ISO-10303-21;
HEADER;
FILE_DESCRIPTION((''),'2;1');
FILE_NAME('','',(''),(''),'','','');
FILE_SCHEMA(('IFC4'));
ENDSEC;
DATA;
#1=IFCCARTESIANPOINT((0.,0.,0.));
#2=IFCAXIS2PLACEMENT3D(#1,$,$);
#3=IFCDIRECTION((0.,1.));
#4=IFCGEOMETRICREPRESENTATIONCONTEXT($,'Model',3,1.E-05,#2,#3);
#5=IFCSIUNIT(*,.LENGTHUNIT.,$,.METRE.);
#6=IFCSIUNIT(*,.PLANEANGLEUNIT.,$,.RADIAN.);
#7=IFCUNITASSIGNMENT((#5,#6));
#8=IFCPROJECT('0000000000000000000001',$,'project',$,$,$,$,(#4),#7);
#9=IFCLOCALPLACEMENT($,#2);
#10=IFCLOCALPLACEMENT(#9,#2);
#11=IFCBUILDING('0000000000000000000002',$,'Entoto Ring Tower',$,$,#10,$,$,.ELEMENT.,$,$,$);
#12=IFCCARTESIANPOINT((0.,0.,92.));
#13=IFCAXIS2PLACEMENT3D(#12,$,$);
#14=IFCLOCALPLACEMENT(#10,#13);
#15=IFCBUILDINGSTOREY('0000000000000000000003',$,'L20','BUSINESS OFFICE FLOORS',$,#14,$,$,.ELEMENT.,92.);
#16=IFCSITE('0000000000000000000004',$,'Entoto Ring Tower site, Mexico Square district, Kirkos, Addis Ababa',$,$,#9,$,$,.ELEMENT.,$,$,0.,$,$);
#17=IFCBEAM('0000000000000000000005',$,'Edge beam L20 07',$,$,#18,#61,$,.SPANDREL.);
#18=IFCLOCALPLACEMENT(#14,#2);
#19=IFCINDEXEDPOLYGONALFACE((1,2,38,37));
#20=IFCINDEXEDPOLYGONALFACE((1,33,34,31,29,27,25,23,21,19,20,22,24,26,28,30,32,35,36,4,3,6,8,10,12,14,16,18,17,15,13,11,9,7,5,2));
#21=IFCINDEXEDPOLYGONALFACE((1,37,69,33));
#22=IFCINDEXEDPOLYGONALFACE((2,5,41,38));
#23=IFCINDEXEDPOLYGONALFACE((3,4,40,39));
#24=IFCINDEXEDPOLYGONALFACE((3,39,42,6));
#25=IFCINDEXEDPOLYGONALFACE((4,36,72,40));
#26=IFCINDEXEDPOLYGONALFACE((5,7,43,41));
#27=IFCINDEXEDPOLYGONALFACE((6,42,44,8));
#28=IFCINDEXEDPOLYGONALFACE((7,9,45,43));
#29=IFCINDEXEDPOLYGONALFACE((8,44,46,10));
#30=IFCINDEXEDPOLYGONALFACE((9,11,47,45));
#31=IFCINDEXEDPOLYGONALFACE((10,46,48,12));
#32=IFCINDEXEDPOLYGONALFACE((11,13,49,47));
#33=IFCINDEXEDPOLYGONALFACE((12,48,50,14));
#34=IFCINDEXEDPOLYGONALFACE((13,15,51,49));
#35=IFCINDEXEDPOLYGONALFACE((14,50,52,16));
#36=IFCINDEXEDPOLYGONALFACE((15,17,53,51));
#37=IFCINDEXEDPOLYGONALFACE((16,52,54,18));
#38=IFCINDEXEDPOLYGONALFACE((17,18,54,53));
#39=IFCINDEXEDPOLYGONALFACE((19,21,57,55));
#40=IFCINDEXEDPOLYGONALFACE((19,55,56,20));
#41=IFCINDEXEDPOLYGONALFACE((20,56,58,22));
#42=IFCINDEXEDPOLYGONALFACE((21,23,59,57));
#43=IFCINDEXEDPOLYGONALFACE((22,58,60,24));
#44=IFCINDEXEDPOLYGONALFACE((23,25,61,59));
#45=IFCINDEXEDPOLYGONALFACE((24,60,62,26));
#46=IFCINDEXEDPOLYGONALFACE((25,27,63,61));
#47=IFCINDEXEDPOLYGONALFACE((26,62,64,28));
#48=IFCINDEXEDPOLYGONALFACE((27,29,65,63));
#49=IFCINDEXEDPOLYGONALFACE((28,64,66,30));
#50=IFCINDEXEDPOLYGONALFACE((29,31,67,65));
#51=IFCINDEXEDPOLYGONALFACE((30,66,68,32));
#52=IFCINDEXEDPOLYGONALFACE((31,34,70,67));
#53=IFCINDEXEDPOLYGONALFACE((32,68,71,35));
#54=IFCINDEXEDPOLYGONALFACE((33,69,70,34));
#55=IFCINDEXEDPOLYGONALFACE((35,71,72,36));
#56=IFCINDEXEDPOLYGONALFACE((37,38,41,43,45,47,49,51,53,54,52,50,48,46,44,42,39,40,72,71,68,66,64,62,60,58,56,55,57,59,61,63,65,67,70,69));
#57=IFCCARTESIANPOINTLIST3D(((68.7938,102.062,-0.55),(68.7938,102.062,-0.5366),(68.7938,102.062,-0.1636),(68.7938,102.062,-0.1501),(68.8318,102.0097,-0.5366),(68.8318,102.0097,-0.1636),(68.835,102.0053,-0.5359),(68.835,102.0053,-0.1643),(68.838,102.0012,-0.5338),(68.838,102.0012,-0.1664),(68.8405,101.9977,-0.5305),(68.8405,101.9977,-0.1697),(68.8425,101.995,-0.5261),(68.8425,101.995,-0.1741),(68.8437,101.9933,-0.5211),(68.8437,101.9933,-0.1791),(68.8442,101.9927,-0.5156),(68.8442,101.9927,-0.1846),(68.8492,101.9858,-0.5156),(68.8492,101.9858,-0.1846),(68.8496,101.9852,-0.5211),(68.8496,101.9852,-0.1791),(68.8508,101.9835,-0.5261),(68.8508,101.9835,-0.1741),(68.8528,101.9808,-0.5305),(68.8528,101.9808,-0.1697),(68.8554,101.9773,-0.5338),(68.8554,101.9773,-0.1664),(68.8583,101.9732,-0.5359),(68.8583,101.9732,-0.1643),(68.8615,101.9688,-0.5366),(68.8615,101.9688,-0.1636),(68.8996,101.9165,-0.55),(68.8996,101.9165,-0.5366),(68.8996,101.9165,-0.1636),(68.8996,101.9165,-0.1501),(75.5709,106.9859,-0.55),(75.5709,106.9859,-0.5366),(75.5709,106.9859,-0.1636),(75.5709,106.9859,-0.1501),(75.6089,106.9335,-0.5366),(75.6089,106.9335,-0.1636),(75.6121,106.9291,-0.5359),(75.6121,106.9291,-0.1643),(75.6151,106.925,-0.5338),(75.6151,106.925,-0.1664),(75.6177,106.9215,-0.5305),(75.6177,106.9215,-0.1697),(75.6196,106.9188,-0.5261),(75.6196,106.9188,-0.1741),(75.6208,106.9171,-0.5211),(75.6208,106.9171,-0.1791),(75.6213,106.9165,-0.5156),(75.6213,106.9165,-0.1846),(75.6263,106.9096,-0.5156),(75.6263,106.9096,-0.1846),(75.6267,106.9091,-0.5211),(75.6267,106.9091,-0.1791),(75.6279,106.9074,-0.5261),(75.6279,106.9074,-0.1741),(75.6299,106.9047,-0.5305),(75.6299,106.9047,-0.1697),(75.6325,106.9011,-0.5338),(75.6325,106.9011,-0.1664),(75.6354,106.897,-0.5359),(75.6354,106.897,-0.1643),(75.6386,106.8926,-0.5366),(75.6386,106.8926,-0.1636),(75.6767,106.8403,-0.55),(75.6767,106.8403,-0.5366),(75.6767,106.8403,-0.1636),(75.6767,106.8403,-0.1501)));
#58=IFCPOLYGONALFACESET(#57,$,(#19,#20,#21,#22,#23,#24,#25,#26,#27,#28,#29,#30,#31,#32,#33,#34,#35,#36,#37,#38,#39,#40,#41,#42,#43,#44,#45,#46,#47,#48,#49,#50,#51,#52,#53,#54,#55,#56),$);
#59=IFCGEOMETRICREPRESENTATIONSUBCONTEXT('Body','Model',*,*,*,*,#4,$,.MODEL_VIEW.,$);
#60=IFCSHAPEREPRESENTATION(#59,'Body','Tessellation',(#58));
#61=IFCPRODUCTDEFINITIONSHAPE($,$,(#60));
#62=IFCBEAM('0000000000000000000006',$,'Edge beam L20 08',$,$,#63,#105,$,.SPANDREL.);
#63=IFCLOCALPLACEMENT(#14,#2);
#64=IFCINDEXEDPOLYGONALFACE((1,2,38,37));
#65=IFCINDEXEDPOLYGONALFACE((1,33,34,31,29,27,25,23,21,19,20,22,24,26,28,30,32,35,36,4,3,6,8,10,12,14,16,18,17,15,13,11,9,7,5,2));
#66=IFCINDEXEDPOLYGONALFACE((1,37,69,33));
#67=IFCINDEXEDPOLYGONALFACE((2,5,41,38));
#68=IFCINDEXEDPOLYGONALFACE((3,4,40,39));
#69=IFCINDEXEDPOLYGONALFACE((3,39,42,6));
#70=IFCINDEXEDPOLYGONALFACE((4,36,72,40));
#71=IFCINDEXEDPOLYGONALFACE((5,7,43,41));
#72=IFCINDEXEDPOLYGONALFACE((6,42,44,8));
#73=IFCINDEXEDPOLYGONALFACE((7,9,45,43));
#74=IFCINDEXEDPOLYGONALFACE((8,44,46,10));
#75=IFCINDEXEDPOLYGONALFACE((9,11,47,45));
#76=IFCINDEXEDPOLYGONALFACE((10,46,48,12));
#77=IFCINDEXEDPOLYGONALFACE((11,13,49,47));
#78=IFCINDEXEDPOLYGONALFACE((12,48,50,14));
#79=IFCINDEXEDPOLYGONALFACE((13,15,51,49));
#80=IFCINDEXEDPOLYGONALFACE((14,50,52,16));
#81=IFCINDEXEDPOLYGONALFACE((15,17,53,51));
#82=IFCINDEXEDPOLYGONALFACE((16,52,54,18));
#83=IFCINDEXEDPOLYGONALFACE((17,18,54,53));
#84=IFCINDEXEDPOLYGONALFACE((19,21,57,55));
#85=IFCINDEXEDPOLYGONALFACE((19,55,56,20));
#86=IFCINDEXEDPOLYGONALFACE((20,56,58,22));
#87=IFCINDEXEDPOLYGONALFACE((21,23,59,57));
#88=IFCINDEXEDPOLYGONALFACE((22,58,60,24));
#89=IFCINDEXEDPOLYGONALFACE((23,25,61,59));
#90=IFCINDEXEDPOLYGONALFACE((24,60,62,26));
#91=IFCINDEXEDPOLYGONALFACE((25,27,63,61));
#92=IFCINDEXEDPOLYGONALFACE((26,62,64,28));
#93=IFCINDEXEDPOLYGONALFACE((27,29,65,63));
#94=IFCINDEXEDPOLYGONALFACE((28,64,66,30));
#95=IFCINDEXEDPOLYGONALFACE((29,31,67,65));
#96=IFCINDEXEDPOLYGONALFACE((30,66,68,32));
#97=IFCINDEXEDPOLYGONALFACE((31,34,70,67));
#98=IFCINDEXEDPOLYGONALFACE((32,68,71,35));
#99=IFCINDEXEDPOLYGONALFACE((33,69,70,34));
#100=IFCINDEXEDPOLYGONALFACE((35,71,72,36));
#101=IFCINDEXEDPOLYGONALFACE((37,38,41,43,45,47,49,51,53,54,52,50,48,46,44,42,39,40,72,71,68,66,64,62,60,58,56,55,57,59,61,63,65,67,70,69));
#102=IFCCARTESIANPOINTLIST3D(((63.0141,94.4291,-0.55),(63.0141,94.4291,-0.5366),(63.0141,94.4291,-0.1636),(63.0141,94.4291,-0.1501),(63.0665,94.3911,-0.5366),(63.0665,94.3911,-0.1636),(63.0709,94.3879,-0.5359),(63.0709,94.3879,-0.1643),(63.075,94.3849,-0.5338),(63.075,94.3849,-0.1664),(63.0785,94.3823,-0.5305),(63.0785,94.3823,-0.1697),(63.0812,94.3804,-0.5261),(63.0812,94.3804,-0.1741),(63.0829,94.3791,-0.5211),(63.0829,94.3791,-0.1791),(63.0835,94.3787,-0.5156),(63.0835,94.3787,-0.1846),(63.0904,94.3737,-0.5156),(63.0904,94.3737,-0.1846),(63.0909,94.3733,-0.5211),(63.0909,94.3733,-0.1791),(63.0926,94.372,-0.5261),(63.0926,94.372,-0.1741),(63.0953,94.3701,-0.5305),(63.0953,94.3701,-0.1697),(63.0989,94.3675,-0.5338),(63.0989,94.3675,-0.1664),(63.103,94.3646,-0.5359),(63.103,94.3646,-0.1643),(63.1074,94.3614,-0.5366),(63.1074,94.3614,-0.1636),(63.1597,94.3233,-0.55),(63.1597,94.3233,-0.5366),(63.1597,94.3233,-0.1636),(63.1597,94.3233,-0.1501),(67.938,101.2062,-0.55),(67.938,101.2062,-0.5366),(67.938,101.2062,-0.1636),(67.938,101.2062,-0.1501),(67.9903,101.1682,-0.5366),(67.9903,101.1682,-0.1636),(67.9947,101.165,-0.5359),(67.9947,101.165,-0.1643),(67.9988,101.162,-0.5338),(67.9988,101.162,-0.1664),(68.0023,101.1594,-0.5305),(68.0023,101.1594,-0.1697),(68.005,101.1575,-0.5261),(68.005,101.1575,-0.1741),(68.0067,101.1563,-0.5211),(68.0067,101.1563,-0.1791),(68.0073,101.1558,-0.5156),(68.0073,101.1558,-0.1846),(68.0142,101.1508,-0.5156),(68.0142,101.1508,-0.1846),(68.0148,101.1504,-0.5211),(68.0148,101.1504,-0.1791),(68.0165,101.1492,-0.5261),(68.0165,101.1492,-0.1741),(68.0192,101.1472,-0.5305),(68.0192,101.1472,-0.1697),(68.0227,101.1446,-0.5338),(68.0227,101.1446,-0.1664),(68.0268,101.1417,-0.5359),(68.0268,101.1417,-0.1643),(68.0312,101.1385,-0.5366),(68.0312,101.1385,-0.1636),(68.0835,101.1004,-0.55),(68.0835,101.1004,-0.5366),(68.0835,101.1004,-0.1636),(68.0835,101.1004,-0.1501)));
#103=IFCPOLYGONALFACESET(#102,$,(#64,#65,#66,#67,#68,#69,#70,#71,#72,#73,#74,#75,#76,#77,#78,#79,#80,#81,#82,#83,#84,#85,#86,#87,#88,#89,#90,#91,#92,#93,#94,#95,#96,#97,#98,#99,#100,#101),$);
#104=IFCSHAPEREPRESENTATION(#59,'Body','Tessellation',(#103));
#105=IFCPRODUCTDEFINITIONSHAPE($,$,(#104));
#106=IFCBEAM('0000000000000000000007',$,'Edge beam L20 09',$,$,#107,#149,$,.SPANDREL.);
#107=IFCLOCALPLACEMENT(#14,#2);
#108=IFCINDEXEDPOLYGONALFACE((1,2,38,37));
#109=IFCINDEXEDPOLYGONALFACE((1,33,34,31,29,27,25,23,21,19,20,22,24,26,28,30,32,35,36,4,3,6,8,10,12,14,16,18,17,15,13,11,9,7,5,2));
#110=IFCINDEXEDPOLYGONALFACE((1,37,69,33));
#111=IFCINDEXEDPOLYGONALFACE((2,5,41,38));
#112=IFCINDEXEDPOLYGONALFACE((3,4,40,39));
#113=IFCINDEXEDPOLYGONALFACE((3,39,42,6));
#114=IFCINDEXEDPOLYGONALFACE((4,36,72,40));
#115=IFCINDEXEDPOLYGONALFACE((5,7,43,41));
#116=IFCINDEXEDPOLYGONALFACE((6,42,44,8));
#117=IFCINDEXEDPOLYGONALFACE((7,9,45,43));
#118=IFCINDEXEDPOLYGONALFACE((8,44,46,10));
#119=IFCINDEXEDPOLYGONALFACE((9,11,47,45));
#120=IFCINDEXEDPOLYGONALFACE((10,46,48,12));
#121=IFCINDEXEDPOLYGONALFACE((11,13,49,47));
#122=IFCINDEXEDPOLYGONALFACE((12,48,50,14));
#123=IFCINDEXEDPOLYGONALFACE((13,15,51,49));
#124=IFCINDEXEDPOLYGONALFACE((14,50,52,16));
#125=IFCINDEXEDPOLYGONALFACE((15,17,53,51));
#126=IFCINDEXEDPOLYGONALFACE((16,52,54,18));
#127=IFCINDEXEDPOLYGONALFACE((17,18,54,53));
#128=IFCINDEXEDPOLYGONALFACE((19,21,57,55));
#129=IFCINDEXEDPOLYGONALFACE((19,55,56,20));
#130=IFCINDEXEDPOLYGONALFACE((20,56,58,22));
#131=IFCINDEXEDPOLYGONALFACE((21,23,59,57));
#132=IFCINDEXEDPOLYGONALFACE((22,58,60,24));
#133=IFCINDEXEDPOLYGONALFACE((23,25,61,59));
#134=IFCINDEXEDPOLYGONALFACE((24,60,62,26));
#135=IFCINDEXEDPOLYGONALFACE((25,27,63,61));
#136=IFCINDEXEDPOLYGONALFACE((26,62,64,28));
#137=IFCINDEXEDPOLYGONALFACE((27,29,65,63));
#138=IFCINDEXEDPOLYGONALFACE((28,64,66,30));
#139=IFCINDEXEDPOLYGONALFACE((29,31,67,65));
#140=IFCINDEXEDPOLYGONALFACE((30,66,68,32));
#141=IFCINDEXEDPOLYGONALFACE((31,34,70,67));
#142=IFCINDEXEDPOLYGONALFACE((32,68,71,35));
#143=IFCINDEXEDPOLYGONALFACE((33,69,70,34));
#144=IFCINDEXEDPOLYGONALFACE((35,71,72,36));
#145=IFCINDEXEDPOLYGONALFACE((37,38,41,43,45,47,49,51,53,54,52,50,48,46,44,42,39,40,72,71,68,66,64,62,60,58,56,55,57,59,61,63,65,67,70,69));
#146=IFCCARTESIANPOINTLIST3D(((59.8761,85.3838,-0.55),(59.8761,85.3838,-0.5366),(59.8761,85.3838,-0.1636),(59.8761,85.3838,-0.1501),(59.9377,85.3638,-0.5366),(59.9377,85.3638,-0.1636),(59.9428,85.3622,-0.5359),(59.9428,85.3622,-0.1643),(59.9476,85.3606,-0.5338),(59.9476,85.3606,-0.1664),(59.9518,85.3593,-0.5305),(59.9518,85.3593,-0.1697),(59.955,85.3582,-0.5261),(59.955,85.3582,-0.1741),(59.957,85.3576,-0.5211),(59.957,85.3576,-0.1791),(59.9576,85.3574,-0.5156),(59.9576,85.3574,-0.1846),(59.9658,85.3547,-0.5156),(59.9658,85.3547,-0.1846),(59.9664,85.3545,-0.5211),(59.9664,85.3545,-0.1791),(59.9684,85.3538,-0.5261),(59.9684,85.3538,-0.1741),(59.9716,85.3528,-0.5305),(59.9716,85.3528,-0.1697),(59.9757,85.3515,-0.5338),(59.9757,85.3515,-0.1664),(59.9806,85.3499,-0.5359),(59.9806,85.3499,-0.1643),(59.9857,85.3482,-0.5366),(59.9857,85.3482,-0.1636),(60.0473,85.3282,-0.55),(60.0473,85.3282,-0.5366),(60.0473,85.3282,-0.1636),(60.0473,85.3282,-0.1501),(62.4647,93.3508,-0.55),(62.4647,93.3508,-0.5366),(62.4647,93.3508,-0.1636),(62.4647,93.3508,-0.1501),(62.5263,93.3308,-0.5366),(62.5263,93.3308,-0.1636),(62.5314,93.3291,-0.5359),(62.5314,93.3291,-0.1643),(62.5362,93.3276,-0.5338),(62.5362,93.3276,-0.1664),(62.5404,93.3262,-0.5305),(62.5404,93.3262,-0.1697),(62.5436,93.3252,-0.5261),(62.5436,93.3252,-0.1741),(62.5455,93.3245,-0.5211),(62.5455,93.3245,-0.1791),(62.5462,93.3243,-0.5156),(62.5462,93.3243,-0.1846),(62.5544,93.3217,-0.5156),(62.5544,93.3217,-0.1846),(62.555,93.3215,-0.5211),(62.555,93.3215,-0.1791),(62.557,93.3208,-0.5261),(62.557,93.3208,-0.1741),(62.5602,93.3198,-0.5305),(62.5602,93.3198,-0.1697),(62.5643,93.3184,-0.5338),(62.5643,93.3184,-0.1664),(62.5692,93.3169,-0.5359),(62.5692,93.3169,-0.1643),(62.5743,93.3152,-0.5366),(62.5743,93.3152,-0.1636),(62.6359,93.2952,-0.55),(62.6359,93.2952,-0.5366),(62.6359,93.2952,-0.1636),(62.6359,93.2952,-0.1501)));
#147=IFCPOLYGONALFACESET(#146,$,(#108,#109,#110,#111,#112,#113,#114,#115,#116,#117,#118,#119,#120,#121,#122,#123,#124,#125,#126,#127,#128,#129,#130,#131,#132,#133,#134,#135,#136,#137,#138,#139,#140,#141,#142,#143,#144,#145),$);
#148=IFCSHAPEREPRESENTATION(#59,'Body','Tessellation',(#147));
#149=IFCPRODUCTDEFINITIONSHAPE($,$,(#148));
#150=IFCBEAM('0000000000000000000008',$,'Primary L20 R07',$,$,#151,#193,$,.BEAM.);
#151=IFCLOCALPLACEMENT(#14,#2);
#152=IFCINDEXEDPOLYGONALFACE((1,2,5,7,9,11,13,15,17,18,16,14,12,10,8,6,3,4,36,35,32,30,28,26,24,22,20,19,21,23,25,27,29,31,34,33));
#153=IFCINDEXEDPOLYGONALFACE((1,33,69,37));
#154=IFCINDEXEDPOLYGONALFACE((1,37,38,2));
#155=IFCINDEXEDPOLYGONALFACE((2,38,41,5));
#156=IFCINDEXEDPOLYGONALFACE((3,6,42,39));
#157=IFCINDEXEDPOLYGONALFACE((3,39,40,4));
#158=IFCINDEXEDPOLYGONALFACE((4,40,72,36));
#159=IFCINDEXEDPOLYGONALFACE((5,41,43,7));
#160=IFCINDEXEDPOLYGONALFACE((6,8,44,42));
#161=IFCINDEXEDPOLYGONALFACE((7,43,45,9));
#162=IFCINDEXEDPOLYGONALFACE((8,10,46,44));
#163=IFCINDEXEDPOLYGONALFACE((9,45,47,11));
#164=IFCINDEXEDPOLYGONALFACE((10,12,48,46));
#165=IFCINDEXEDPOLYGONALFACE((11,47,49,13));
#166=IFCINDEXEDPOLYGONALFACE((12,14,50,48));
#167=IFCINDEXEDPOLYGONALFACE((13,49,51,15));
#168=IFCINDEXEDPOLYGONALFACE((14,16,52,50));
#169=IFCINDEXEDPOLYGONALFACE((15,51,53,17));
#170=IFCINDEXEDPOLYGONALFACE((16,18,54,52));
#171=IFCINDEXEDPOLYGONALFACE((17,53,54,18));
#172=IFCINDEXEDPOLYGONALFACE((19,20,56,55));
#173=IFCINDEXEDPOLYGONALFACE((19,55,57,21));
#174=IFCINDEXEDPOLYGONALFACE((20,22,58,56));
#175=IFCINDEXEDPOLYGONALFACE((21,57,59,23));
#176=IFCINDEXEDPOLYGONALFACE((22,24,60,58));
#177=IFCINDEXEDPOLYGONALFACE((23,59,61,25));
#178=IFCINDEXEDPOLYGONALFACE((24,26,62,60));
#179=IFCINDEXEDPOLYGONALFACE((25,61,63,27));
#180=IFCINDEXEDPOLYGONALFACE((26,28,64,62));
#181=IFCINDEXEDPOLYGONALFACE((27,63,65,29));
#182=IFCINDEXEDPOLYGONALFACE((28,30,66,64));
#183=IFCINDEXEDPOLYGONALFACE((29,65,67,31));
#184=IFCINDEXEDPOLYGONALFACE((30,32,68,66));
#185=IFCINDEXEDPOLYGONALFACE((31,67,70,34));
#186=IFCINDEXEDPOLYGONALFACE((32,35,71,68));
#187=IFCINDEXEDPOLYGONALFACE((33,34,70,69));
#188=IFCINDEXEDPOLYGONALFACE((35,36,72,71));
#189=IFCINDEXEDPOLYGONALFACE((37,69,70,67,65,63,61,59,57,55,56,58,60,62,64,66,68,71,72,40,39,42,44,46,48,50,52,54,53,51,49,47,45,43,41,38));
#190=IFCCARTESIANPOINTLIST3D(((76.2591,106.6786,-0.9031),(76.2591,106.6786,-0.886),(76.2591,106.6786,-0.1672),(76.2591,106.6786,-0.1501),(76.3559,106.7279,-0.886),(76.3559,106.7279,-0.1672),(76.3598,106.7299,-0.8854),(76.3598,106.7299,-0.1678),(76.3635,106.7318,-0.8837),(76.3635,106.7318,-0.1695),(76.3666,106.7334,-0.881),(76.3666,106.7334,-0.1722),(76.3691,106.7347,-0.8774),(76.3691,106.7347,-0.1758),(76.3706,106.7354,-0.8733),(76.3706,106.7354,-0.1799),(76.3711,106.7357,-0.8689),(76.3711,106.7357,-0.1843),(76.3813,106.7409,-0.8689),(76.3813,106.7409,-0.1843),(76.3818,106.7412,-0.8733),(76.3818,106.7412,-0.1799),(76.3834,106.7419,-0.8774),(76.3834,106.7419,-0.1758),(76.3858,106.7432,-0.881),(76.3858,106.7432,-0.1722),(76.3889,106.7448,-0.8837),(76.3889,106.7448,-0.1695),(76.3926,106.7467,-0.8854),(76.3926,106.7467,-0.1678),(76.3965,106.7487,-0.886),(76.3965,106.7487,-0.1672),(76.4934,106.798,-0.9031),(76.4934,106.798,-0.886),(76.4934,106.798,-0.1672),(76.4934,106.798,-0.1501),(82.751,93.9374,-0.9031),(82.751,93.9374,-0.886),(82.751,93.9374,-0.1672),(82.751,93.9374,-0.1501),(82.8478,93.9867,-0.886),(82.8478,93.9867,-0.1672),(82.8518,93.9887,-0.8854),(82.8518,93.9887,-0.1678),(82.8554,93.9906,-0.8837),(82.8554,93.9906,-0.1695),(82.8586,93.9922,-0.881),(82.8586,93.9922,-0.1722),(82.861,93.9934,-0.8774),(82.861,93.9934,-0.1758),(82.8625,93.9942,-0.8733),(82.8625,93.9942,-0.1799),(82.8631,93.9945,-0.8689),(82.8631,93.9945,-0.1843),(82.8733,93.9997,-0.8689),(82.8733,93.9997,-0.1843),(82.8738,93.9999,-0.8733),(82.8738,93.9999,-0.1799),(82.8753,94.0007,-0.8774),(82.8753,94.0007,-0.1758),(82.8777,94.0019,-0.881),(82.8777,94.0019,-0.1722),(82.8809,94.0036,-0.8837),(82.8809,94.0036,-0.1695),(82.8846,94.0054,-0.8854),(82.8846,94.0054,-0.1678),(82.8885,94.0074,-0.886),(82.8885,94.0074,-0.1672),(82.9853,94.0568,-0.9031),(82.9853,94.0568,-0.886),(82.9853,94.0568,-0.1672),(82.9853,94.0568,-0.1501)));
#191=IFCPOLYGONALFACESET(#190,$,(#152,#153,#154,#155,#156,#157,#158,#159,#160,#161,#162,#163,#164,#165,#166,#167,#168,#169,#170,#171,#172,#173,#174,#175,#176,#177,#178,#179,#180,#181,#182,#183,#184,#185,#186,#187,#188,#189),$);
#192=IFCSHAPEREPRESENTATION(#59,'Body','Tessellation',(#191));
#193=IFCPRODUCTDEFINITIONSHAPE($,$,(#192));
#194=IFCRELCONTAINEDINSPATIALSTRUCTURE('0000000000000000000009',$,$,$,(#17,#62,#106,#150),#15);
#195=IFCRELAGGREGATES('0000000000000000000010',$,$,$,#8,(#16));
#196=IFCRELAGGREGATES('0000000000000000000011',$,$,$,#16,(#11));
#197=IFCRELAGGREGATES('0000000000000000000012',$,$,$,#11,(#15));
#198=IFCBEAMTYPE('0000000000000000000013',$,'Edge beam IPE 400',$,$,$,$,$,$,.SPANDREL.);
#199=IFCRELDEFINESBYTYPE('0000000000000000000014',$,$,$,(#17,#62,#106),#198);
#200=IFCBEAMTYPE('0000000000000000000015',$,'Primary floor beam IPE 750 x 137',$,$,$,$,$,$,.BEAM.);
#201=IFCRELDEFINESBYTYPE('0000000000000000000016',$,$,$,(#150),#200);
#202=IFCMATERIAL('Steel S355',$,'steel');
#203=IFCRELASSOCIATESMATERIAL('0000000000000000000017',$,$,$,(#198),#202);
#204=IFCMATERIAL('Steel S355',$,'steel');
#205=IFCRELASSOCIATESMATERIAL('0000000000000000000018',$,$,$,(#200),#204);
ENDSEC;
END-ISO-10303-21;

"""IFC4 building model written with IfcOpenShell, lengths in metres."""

from ifc_helpers import new_model, si_unit, direction, frame, origin, origin_2d, place, context, subcontext, project, spatial, i_section, extrude, material, material_profile, profile_set, type_object, element, save


model = new_model("IFC4")

# Units and contexts
model_context = context("Model", 3, precision=1e-05, world=origin(), true_north=direction((0.0, 1.0)))
body_context = subcontext(model_context, "Body", "Model", "MODEL_VIEW")
ifc_project = project(units=[si_unit("LENGTHUNIT", "METRE"), si_unit("PLANEANGLEUNIT", "RADIAN")], contexts=[model_context])

# Site, building, storey
site_placement = place(None, origin())
site = spatial("IfcSite", under=ifc_project, at=site_placement, Name="Entoto Ring Tower site, Mexico Square district, Kirkos, Addis Ababa", CompositionType="ELEMENT", RefElevation=0.0)
building_placement = place(site_placement, origin())
building = spatial("IfcBuilding", under=site, at=building_placement, Name="Entoto Ring Tower", CompositionType="ELEMENT")
storey_placement = place(building_placement, frame((0.0, 0.0, 92.0)))
storey = spatial("IfcBuildingStorey", under=building, at=storey_placement, Name="L20", Description="BUSINESS OFFICE FLOORS", CompositionType="ELEMENT", Elevation=92.0)

# Beams
ifc_material_1 = material(Name="Steel S355", Category="steel")
ifc_material_profile_1 = material_profile(ifc_material_1, i_section(OverallWidth=0.1799, OverallDepth=0.3999, WebThickness=0.0085, FlangeThickness=0.0134, FilletRadius=0.021, at=origin_2d()), Name="IPE 400")
ifc_profile_set_1 = profile_set([ifc_material_profile_1], Name="Steel S355")
beam_type_1 = type_object("IfcBeamType", Name="Edge beam IPE 400", PredefinedType="SPANDREL", material=ifc_profile_set_1)
for number, where, z_axis, x_axis, name in (
    (1, (75.6238, 106.9131, -0.3501), (-0.809018, -0.587783, 0.0), (0.587783, -0.809018, 0.0), "Edge beam L20 07"),
    (2, (68.0107, 101.1533, -0.3501), (-0.587783, -0.809018, 0.0), (0.809018, -0.587783, 0.0), "Edge beam L20 08"),
    (3, (62.5503, 93.323, -0.3501), (-0.309014, -0.951057, 0.0), (0.951057, -0.309014, 0.0), "Edge beam L20 09"),
):
    element("IfcBeam", number, at=place(storey_placement, frame(where, z_axis=z_axis, x_axis=x_axis)), inside=storey, type_object=beam_type_1, Name=name, PredefinedType="SPANDREL", context=body_context, shape_type="SweptSolid", body=[
        extrude(i_section(OverallWidth=0.1799, OverallDepth=0.3999, WebThickness=0.0085, FlangeThickness=0.0134, FilletRadius=0.021, at=origin_2d()), origin(), (0.0, 0.0, 1.0), 8.377),
    ])
ifc_material_2 = material(Name="Steel S355", Category="steel")
ifc_material_profile_2 = material_profile(ifc_material_2, i_section(OverallWidth=0.2629, OverallDepth=0.7529, WebThickness=0.0115, FlangeThickness=0.0171, FilletRadius=0.0171, at=origin_2d()), Name="IPE 750 x 137")
ifc_profile_set_2 = profile_set([ifc_material_profile_2], Name="Steel S355")
beam_type_2 = type_object("IfcBeamType", Name="Primary floor beam IPE 750 x 137", PredefinedType="BEAM", material=ifc_profile_set_2)
beam_1_placement = place(storey_placement, frame((82.8682, 93.9971, -0.5266), z_axis=(-0.453989, 0.891007, 0.0), x_axis=(-0.891007, -0.453989, 0.0)))
element("IfcBeam", 4, at=beam_1_placement, inside=storey, type_object=beam_type_2, Name="Primary L20 R07", PredefinedType="BEAM", context=body_context, shape_type="SweptSolid", body=[
    extrude(i_section(OverallWidth=0.2629, OverallDepth=0.7529, WebThickness=0.0115, FlangeThickness=0.0171, FilletRadius=0.0171, at=origin_2d()), origin(), (0.0, 0.0, 1.0), 14.2998),
])

save(model, "model.ifc")
